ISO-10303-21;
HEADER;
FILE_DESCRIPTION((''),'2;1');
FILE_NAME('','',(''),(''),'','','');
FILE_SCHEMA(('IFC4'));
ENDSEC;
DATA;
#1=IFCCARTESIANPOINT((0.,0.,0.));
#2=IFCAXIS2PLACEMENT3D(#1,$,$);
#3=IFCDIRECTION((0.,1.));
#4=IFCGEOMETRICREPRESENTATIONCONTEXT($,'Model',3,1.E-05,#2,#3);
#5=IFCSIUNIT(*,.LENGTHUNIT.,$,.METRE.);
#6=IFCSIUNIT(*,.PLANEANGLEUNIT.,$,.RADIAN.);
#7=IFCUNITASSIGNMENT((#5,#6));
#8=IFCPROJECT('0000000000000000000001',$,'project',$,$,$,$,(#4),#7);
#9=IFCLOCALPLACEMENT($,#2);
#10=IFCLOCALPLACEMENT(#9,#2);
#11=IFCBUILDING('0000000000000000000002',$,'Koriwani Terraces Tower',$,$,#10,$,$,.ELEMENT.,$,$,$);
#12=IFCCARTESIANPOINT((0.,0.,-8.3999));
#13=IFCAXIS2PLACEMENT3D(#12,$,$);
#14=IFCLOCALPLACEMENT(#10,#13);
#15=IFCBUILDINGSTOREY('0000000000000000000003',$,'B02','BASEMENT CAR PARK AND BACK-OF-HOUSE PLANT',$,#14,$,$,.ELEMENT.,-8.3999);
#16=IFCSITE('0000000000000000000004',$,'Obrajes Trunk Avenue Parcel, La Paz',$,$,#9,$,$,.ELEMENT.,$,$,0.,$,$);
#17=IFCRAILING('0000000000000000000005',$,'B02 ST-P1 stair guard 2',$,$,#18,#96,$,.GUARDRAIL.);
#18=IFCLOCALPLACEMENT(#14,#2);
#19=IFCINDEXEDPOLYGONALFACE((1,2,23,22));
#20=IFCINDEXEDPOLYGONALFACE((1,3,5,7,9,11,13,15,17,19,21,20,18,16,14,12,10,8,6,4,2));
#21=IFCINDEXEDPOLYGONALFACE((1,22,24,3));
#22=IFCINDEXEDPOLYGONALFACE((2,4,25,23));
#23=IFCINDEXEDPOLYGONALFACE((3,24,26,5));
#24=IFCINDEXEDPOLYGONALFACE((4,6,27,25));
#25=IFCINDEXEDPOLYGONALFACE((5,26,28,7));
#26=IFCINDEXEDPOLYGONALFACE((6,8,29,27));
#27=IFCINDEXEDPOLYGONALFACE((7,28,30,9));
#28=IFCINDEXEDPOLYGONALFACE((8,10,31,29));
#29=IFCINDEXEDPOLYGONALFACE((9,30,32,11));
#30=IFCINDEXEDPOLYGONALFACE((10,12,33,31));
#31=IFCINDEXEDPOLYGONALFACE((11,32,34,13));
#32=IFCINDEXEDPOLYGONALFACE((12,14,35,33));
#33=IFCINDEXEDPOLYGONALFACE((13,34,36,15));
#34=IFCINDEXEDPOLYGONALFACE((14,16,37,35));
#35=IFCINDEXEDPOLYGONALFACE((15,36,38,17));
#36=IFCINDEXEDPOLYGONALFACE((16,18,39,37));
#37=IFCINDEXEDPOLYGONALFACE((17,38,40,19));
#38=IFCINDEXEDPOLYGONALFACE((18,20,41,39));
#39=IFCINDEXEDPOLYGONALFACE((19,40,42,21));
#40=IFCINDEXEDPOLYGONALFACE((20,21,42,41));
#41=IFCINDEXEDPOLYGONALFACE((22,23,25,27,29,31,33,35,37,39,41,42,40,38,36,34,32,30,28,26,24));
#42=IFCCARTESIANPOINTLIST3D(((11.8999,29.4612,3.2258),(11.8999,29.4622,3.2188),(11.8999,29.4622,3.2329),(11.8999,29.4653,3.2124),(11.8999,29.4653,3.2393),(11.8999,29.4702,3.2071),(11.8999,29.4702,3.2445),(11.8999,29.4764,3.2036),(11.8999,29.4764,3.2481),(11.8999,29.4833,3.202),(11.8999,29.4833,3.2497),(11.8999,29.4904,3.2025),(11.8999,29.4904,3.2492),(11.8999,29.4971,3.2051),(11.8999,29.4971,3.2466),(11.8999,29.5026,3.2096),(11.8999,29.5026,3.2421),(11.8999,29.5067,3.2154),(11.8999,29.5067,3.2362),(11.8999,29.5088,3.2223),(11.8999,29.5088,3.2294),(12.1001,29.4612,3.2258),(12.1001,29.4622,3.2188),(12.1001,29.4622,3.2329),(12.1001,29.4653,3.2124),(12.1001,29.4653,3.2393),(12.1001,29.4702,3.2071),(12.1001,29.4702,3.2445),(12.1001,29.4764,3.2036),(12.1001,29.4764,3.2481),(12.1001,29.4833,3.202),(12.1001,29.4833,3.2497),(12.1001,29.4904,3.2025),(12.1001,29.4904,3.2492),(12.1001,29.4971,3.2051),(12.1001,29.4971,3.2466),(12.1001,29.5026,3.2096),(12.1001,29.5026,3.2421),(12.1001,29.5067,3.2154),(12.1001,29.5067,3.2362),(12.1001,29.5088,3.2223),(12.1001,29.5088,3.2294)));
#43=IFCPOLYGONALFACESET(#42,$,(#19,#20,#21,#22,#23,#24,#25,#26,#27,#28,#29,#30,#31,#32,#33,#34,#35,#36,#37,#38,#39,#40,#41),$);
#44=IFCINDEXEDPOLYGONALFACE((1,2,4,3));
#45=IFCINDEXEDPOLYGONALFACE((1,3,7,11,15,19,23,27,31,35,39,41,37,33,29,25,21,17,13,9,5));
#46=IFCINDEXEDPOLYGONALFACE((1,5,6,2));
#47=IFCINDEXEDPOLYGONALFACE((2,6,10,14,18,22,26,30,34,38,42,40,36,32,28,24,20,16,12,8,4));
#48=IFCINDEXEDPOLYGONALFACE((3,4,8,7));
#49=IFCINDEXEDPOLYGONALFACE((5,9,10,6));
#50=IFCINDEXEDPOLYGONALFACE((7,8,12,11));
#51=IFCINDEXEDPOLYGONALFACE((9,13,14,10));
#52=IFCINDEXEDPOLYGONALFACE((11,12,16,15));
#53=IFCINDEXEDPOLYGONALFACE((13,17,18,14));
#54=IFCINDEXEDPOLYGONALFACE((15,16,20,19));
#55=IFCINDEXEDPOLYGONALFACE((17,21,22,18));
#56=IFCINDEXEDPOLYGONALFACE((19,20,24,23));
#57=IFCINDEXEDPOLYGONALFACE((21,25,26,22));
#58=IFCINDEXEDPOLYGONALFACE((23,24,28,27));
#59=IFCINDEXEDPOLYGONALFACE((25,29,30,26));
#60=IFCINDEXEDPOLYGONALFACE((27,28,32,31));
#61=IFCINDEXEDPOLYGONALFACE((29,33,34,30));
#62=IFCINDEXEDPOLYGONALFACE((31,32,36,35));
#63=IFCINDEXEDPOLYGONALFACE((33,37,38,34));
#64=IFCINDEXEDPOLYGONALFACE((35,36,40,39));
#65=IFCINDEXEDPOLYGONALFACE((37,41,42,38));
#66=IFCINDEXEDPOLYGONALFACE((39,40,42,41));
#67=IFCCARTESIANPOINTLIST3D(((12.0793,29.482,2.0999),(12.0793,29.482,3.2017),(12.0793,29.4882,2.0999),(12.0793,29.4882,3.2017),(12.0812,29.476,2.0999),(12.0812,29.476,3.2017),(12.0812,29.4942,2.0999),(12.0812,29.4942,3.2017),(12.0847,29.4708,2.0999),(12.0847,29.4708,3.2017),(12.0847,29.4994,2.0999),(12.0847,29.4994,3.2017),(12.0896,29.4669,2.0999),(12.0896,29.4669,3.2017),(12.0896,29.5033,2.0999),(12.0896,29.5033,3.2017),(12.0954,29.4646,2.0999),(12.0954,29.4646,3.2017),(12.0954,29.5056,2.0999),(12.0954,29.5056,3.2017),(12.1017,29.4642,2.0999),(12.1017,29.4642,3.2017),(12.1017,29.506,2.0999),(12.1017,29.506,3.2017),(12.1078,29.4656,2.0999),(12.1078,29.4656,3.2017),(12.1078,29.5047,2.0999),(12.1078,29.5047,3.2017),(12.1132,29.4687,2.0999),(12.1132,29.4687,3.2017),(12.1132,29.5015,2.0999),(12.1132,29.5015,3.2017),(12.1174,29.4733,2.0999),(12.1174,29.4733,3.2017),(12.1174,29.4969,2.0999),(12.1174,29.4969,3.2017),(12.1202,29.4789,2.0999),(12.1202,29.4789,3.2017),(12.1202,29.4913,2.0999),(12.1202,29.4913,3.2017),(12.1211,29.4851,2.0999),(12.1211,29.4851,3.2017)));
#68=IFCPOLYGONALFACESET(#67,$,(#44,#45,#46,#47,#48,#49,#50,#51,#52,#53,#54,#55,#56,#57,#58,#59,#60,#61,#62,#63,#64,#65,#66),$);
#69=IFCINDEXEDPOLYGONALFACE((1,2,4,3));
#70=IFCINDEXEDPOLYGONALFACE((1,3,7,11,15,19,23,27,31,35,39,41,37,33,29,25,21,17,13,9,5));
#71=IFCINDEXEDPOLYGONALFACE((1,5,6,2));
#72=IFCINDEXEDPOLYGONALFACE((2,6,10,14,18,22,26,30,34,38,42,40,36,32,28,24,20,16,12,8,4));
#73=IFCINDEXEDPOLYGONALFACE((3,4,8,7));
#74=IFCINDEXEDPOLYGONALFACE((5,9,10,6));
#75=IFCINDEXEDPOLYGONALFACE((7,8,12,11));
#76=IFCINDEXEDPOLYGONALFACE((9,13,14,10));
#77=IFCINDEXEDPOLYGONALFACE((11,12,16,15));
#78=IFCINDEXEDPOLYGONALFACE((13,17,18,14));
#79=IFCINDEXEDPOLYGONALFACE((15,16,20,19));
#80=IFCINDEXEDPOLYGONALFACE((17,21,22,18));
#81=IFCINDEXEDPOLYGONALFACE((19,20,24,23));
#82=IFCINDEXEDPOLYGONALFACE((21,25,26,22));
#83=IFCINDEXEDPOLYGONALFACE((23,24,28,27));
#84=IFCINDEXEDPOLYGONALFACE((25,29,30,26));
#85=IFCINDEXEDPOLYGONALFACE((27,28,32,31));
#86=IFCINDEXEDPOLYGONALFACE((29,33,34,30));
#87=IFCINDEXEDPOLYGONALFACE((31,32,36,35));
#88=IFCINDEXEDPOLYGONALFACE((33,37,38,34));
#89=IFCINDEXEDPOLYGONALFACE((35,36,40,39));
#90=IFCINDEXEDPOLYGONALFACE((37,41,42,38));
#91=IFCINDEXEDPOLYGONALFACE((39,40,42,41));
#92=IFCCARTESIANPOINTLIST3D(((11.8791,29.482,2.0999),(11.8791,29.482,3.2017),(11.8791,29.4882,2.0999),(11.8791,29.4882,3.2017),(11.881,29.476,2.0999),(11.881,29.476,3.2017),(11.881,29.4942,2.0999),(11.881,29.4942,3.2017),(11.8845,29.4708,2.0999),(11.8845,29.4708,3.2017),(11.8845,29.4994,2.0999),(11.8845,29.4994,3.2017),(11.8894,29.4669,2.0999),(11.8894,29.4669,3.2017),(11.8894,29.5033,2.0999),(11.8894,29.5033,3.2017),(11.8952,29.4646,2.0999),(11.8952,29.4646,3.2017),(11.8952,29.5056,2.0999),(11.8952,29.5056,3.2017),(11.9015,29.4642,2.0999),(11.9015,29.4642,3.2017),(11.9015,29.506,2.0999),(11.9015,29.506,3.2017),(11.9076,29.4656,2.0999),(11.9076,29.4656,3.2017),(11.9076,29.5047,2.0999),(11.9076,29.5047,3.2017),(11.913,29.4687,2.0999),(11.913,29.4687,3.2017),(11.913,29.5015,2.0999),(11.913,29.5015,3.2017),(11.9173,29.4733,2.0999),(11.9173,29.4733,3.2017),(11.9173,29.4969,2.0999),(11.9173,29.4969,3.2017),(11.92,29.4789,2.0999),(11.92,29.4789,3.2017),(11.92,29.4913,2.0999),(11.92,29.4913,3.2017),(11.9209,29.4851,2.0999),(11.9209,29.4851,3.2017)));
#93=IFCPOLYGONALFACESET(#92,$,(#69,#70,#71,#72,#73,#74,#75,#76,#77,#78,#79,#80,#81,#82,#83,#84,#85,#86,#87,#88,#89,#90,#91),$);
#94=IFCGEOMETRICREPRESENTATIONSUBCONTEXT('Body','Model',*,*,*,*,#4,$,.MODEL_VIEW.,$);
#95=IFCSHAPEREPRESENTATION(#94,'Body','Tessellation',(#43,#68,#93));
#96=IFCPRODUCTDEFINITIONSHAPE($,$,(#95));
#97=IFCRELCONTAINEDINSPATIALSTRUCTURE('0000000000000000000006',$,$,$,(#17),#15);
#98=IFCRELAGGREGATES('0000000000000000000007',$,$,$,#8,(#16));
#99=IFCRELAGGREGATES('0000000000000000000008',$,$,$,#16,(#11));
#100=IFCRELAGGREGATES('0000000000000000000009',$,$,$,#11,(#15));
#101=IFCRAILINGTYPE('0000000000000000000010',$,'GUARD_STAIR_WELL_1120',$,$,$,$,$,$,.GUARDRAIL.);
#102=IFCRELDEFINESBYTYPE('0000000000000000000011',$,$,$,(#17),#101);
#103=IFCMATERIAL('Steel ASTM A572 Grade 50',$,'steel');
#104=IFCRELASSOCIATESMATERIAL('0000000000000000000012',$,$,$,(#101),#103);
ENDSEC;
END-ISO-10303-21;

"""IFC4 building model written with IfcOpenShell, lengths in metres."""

from ifc_helpers import new_model, si_unit, direction, frame, origin, origin_2d, place, context, subcontext, project, spatial, circle, extrude, material, type_object, element, save


model = new_model("IFC4")

# Units and contexts
model_context = context("Model", 3, precision=1e-05, world=origin(), true_north=direction((0.0, 1.0)))
body_context = subcontext(model_context, "Body", "Model", "MODEL_VIEW")
ifc_project = project(units=[si_unit("LENGTHUNIT", "METRE"), si_unit("PLANEANGLEUNIT", "RADIAN")], contexts=[model_context])

# Site, building, storey
site_placement = place(None, origin())
site = spatial("IfcSite", under=ifc_project, at=site_placement, Name="Obrajes Trunk Avenue Parcel, La Paz", CompositionType="ELEMENT", RefElevation=0.0)
building_placement = place(site_placement, origin())
building = spatial("IfcBuilding", under=site, at=building_placement, Name="Koriwani Terraces Tower", CompositionType="ELEMENT")
storey_placement = place(building_placement, frame((0.0, 0.0, -8.3999)))
storey = spatial("IfcBuildingStorey", under=building, at=storey_placement, Name="B02", Description="BASEMENT CAR PARK AND BACK-OF-HOUSE PLANT", CompositionType="ELEMENT", Elevation=-8.3999)

# Shared definitions
ifc_material_1 = material(Name="Steel ASTM A572 Grade 50", Category="steel")

# Railing
railing_type_1 = type_object("IfcRailingType", Name="GUARD_STAIR_WELL_1120", PredefinedType="GUARDRAIL", material=ifc_material_1)
railing_1_placement = place(storey_placement, frame((12.1001, 29.4851, 2.0999)))
element("IfcRailing", 1, at=railing_1_placement, inside=storey, type_object=railing_type_1, Name="B02 ST-P1 stair guard 2", PredefinedType="GUARDRAIL", context=body_context, shape_type="SweptSolid", body=[
    extrude(circle(Radius=0.0239, at=origin_2d()), frame((0.0, 0.0, 1.126), z_axis=(-1.0, 0.0, 0.0), x_axis=(0.0, -1.0, 0.0)), (0.0, 0.0, 1.0), 0.2002),
    extrude(circle(Radius=0.021, at=origin_2d()), origin(), (0.0, 0.0, 1.0), 1.1018),
    extrude(circle(Radius=0.021, at=origin_2d()), frame((-0.2002, 0.0, 0.0)), (0.0, 0.0, 1.0), 1.1018),
])

save(model, "model.ifc")
